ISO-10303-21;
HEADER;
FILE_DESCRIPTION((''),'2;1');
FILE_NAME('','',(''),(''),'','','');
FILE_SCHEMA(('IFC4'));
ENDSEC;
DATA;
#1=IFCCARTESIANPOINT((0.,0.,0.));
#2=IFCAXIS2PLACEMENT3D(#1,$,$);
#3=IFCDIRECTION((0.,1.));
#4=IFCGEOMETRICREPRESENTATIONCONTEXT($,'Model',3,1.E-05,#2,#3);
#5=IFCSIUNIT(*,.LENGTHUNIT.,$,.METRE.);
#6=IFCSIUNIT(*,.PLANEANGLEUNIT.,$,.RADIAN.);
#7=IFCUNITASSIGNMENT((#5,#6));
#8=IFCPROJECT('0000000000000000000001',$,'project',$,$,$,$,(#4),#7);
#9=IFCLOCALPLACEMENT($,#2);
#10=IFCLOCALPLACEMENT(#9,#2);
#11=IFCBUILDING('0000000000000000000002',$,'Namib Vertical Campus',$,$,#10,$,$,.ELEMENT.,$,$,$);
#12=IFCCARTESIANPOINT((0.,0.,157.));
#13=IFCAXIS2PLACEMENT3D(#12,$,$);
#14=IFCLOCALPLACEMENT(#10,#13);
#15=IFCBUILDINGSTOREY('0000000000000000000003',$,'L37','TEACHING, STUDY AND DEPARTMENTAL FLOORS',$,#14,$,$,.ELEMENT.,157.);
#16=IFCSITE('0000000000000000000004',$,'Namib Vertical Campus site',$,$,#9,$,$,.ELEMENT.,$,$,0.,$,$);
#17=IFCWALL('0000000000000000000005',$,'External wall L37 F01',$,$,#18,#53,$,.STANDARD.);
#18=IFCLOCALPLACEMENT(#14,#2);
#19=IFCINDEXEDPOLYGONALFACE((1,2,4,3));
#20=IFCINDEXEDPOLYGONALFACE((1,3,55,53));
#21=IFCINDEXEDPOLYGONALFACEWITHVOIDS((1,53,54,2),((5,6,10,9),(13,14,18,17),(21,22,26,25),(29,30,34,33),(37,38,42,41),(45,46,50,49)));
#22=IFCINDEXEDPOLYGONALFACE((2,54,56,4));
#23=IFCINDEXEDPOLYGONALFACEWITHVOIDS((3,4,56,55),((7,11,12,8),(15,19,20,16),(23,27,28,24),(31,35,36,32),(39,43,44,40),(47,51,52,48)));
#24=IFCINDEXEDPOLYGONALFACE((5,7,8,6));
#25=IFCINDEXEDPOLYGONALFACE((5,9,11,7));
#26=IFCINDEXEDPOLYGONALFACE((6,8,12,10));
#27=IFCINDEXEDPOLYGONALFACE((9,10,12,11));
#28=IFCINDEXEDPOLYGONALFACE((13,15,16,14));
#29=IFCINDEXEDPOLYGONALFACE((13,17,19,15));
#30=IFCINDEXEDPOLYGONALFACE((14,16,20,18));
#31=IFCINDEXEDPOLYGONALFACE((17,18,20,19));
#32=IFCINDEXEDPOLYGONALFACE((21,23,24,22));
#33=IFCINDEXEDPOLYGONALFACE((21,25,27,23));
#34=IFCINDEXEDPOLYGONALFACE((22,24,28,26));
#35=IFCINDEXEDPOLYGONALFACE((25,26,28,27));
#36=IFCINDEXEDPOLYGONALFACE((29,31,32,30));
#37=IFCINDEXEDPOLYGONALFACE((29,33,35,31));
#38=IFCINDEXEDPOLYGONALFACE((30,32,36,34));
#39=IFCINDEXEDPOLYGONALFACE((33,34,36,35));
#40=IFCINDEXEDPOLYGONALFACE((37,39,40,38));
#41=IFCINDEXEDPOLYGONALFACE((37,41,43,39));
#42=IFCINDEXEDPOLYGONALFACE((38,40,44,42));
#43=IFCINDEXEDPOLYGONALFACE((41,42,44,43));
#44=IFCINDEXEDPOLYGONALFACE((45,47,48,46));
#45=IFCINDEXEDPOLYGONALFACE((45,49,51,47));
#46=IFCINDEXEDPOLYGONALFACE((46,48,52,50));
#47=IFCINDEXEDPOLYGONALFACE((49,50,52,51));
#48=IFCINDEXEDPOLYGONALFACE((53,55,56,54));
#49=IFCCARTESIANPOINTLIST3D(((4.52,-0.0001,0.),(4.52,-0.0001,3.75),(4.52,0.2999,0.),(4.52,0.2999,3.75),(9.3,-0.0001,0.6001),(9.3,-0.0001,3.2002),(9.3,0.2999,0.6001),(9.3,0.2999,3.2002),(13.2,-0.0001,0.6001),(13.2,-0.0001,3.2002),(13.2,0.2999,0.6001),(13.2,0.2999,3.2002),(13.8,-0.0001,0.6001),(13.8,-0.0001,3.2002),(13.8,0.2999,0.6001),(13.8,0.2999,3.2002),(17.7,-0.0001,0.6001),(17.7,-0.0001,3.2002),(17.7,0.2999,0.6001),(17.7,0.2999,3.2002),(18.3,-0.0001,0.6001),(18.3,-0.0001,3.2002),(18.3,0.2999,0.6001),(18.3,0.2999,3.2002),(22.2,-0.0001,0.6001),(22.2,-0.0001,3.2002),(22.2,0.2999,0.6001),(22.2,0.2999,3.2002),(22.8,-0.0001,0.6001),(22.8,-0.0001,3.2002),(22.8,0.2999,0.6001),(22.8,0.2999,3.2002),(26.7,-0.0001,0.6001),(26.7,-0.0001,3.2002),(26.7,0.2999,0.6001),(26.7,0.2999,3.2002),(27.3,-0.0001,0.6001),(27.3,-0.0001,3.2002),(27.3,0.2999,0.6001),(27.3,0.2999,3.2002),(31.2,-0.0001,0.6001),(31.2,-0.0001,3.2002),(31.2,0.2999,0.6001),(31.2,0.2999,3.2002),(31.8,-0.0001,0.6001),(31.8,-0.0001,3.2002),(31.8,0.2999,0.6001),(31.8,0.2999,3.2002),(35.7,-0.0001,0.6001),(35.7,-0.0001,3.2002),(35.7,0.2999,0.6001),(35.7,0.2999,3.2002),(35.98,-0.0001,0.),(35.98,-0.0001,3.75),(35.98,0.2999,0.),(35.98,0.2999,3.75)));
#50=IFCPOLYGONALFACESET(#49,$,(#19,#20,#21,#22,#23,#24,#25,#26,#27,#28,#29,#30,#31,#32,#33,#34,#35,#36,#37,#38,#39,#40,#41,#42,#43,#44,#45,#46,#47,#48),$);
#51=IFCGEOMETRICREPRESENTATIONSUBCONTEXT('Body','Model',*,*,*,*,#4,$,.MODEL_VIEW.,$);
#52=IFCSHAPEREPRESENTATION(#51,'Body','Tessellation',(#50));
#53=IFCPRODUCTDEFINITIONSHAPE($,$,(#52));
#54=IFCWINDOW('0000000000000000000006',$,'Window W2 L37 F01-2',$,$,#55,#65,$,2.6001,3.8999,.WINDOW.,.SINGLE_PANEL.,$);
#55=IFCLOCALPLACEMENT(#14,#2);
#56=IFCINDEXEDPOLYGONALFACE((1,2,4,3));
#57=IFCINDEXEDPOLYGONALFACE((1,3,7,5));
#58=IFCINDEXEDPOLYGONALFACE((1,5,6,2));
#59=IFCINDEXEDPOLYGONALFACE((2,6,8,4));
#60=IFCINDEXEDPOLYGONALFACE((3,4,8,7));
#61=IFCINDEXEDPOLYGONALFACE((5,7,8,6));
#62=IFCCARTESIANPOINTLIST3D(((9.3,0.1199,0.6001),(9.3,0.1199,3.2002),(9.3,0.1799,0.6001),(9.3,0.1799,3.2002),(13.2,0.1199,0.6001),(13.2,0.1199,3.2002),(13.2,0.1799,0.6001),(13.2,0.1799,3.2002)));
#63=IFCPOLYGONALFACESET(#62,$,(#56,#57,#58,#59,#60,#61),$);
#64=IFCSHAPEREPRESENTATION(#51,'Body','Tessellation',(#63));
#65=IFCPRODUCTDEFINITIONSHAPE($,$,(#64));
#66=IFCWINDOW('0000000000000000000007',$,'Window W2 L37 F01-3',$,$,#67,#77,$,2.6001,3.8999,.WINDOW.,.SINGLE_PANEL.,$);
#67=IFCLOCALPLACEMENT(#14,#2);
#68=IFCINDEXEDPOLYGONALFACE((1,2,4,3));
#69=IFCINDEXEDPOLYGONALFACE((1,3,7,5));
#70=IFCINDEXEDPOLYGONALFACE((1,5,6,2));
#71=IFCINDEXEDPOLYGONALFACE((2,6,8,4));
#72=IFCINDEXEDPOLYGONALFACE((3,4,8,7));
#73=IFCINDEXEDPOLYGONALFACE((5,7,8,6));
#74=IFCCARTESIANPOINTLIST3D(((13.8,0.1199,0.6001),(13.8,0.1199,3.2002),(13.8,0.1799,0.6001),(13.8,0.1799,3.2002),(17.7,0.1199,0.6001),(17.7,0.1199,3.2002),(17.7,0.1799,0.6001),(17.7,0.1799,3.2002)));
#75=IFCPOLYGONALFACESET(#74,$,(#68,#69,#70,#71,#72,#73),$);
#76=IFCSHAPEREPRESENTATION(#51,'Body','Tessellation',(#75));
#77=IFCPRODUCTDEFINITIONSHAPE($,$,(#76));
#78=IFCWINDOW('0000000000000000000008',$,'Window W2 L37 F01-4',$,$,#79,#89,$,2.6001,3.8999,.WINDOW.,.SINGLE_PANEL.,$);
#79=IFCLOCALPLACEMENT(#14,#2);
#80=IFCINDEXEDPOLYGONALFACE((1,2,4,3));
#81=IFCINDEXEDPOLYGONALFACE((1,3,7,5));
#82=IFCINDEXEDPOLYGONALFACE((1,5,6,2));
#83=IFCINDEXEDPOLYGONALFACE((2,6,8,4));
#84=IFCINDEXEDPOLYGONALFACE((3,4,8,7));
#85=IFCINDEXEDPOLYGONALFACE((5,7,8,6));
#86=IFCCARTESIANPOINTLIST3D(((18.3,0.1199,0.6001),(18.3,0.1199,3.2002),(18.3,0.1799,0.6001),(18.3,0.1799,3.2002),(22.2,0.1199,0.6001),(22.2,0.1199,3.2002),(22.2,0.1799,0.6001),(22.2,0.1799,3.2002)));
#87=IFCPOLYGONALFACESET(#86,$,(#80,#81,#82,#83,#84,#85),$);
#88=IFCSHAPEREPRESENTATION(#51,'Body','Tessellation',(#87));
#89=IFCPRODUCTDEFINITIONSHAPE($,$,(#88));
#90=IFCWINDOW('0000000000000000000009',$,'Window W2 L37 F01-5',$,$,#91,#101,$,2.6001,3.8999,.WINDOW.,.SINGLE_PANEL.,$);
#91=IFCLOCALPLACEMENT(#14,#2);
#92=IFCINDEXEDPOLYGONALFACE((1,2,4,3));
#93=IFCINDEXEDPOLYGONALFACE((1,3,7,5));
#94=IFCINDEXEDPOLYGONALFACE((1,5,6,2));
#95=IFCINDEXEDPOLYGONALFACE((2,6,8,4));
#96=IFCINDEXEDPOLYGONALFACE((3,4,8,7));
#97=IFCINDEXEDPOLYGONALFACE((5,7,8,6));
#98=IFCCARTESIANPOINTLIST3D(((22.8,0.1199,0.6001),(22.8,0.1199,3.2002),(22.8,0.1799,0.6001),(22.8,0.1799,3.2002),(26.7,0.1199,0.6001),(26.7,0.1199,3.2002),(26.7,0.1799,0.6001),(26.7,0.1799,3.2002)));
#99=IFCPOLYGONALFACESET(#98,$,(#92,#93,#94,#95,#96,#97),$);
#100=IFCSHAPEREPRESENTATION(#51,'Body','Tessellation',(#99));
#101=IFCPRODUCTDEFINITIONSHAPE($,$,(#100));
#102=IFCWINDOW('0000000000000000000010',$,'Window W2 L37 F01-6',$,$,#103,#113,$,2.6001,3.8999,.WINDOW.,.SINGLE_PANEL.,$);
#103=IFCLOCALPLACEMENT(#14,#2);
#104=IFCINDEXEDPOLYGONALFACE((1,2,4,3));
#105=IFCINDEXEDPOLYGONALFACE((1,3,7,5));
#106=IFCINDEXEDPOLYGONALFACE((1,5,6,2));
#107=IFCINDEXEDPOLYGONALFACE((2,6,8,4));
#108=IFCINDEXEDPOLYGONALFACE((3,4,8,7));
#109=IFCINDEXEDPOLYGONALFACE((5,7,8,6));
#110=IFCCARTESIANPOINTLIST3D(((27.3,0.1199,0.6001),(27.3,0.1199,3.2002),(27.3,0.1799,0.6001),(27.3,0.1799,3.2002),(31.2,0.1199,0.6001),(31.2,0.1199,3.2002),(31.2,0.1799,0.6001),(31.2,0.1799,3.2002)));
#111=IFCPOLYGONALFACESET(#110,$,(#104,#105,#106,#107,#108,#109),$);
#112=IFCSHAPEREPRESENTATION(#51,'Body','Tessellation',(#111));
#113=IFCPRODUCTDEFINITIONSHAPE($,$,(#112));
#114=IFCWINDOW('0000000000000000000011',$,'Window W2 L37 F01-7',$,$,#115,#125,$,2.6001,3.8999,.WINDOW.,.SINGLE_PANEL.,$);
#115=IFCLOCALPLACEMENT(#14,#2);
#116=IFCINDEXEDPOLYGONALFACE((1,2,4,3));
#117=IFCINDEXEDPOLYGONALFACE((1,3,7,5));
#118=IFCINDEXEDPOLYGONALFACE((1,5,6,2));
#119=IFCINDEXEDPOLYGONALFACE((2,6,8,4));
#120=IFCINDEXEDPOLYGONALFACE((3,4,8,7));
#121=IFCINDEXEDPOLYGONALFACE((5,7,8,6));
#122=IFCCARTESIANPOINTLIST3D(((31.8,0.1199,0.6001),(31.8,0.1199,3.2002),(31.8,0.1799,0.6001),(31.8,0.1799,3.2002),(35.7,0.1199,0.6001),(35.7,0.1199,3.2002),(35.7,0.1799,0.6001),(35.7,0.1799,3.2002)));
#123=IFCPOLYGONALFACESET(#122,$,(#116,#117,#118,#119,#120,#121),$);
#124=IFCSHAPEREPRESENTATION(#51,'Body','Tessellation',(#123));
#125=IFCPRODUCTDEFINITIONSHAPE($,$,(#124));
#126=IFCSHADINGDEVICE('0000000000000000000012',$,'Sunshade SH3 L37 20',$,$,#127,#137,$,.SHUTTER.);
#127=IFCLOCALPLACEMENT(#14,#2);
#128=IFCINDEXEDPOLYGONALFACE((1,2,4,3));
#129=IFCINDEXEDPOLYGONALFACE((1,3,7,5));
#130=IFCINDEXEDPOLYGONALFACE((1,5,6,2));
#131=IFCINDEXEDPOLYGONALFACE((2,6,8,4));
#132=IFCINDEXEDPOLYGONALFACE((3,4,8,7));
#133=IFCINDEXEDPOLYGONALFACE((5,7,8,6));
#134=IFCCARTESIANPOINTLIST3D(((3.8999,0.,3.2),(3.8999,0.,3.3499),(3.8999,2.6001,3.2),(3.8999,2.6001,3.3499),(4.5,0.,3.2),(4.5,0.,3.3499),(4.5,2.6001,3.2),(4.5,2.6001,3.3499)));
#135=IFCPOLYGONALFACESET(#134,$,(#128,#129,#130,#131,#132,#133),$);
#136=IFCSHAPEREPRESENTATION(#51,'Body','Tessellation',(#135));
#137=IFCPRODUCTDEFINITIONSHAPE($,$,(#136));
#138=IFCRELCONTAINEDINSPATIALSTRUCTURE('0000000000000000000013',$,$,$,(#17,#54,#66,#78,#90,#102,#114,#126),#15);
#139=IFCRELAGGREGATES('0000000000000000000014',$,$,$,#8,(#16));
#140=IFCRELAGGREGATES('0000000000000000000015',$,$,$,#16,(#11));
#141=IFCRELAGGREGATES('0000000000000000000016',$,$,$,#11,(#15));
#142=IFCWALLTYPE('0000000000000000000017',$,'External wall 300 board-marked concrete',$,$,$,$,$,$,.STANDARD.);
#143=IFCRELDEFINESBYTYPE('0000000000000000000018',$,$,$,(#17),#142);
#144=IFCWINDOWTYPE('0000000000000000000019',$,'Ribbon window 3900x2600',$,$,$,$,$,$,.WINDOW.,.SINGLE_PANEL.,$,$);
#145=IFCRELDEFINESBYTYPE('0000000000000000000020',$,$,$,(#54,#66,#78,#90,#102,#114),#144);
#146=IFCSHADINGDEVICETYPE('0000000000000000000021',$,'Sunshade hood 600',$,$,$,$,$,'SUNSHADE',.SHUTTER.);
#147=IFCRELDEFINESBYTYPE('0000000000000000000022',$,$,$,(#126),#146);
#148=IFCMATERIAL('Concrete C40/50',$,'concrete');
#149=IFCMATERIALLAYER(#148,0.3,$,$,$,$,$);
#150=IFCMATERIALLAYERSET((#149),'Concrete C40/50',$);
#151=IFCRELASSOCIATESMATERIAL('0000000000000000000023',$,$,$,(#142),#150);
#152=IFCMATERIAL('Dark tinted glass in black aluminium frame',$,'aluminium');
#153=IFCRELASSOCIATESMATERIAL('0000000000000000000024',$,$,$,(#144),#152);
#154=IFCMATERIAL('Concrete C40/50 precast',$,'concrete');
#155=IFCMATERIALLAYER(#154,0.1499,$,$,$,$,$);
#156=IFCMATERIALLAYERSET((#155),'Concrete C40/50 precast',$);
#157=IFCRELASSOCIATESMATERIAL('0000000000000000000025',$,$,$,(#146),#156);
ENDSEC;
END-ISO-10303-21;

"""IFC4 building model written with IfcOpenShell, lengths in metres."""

from ifc_helpers import new_model, si_unit, direction, frame, frame_2d, origin, origin_2d, place, context, subcontext, project, spatial, rectangle, extrude, material, layer, layer_set, type_object, element, fill, save


model = new_model("IFC4")

# Units and contexts
model_context = context("Model", 3, precision=1e-05, world=origin(), true_north=direction((0.0, 1.0)))
body_context = subcontext(model_context, "Body", "Model", "MODEL_VIEW")
ifc_project = project(units=[si_unit("LENGTHUNIT", "METRE"), si_unit("PLANEANGLEUNIT", "RADIAN")], contexts=[model_context])

# Site, building, storey
site_placement = place(None, origin())
site = spatial("IfcSite", under=ifc_project, at=site_placement, Name="Namib Vertical Campus site", CompositionType="ELEMENT", RefElevation=0.0)
building_placement = place(site_placement, origin())
building = spatial("IfcBuilding", under=site, at=building_placement, Name="Namib Vertical Campus", CompositionType="ELEMENT")
storey_placement = place(building_placement, frame((0.0, 0.0, 157.0)))
storey = spatial("IfcBuildingStorey", under=building, at=storey_placement, Name="L37", Description="TEACHING, STUDY AND DEPARTMENTAL FLOORS", CompositionType="ELEMENT", Elevation=157.0)

# Wall, openings, windows
ifc_material_1 = material(Name="Concrete C40/50", Category="concrete")
ifc_layer_1 = layer(ifc_material_1, 0.3)
ifc_layer_set_1 = layer_set([ifc_layer_1], Name="Concrete C40/50")
wall_type = type_object("IfcWallType", Name="External wall 300 board-marked concrete", PredefinedType="STANDARD", material=ifc_layer_set_1)
wall_placement = place(storey_placement, frame((4.52, 0.1499, 0.0), z_axis=(0.0, 0.0, 1.0), x_axis=(1.0, 0.0, 0.0)))
wall = element("IfcWall", 1, at=wall_placement, inside=storey, type_object=wall_type, Name="External wall L37 F01", PredefinedType="STANDARD", context=body_context, shape_type="SweptSolid", body=[
    extrude(rectangle(XDim=31.46, YDim=0.3, at=frame_2d((15.73, 0.0))), origin(), (0.0, 0.0, 1.0), 3.75),
])
opening_1_placement = place(wall_placement, frame((4.78, 0.0, 0.6001)))
opening_1 = element("IfcOpeningElement", 2, at=opening_1_placement, cuts=wall, PredefinedType="OPENING", context=body_context, shape_type="SweptSolid", body=[
    extrude(rectangle(XDim=3.8999, YDim=2.6001, at=frame_2d((1.95, 1.3))), frame((0.0, 0.1599, 0.0), z_axis=(0.0, -1.0, 0.0), x_axis=(1.0, 0.0, 0.0)), (0.0, 0.0, 1.0), 0.3201),
])
opening_2_placement = place(wall_placement, frame((9.28, 0.0, 0.6001)))
opening_2 = element("IfcOpeningElement", 3, at=opening_2_placement, cuts=wall, PredefinedType="OPENING", context=body_context, shape_type="SweptSolid", body=[
    extrude(rectangle(XDim=3.8999, YDim=2.6001, at=frame_2d((1.95, 1.3))), frame((0.0, 0.1599, 0.0), z_axis=(0.0, -1.0, 0.0), x_axis=(1.0, 0.0, 0.0)), (0.0, 0.0, 1.0), 0.3201),
])
opening_3_placement = place(wall_placement, frame((13.78, 0.0, 0.6001)))
opening_3 = element("IfcOpeningElement", 4, at=opening_3_placement, cuts=wall, PredefinedType="OPENING", context=body_context, shape_type="SweptSolid", body=[
    extrude(rectangle(XDim=3.8999, YDim=2.6001, at=frame_2d((1.95, 1.3))), frame((0.0, 0.1599, 0.0), z_axis=(0.0, -1.0, 0.0), x_axis=(1.0, 0.0, 0.0)), (0.0, 0.0, 1.0), 0.3201),
])
opening_4_placement = place(wall_placement, frame((18.28, 0.0, 0.6001)))
opening_4 = element("IfcOpeningElement", 5, at=opening_4_placement, cuts=wall, PredefinedType="OPENING", context=body_context, shape_type="SweptSolid", body=[
    extrude(rectangle(XDim=3.8999, YDim=2.6001, at=frame_2d((1.95, 1.3))), frame((0.0, 0.1599, 0.0), z_axis=(0.0, -1.0, 0.0), x_axis=(1.0, 0.0, 0.0)), (0.0, 0.0, 1.0), 0.3201),
])
opening_5_placement = place(wall_placement, frame((22.78, 0.0, 0.6001)))
opening_5 = element("IfcOpeningElement", 6, at=opening_5_placement, cuts=wall, PredefinedType="OPENING", context=body_context, shape_type="SweptSolid", body=[
    extrude(rectangle(XDim=3.8999, YDim=2.6001, at=frame_2d((1.95, 1.3))), frame((0.0, 0.1599, 0.0), z_axis=(0.0, -1.0, 0.0), x_axis=(1.0, 0.0, 0.0)), (0.0, 0.0, 1.0), 0.3201),
])
opening_6_placement = place(wall_placement, frame((27.28, 0.0, 0.6001)))
opening_6 = element("IfcOpeningElement", 7, at=opening_6_placement, cuts=wall, PredefinedType="OPENING", context=body_context, shape_type="SweptSolid", body=[
    extrude(rectangle(XDim=3.8999, YDim=2.6001, at=frame_2d((1.95, 1.3))), frame((0.0, 0.1599, 0.0), z_axis=(0.0, -1.0, 0.0), x_axis=(1.0, 0.0, 0.0)), (0.0, 0.0, 1.0), 0.3201),
])
ifc_material_2 = material(Name="Dark tinted glass in black aluminium frame", Category="aluminium")
window_type = type_object("IfcWindowType", Name="Ribbon window 3900x2600", PartitioningType="SINGLE_PANEL", PredefinedType="WINDOW", material=ifc_material_2)
window_1_placement = place(opening_1_placement, origin())
window_1 = element("IfcWindow", 8, at=window_1_placement, inside=storey, type_object=window_type, Name="Window W2 L37 F01-2", OverallHeight=2.6001, OverallWidth=3.8999, PartitioningType="SINGLE_PANEL", PredefinedType="WINDOW", context=body_context, shape_type="SweptSolid", body=[
    extrude(rectangle(XDim=3.8999, YDim=2.6001, at=frame_2d((1.95, 1.3))), frame((0.0, 0.03, 0.0), z_axis=(0.0, -1.0, 0.0), x_axis=(1.0, 0.0, 0.0)), (0.0, 0.0, 1.0), 0.0601),
])
fill(opening_1, window_1)
window_2_placement = place(opening_2_placement, origin())
window_2 = element("IfcWindow", 9, at=window_2_placement, inside=storey, type_object=window_type, Name="Window W2 L37 F01-3", OverallHeight=2.6001, OverallWidth=3.8999, PartitioningType="SINGLE_PANEL", PredefinedType="WINDOW", context=body_context, shape_type="SweptSolid", body=[
    extrude(rectangle(XDim=3.8999, YDim=2.6001, at=frame_2d((1.95, 1.3))), frame((0.0, 0.03, 0.0), z_axis=(0.0, -1.0, 0.0), x_axis=(1.0, 0.0, 0.0)), (0.0, 0.0, 1.0), 0.0601),
])
fill(opening_2, window_2)
window_3_placement = place(opening_3_placement, origin())
window_3 = element("IfcWindow", 10, at=window_3_placement, inside=storey, type_object=window_type, Name="Window W2 L37 F01-4", OverallHeight=2.6001, OverallWidth=3.8999, PartitioningType="SINGLE_PANEL", PredefinedType="WINDOW", context=body_context, shape_type="SweptSolid", body=[
    extrude(rectangle(XDim=3.8999, YDim=2.6001, at=frame_2d((1.95, 1.3))), frame((0.0, 0.03, 0.0), z_axis=(0.0, -1.0, 0.0), x_axis=(1.0, 0.0, 0.0)), (0.0, 0.0, 1.0), 0.0601),
])
fill(opening_3, window_3)
window_4_placement = place(opening_4_placement, origin())
window_4 = element("IfcWindow", 11, at=window_4_placement, inside=storey, type_object=window_type, Name="Window W2 L37 F01-5", OverallHeight=2.6001, OverallWidth=3.8999, PartitioningType="SINGLE_PANEL", PredefinedType="WINDOW", context=body_context, shape_type="SweptSolid", body=[
    extrude(rectangle(XDim=3.8999, YDim=2.6001, at=frame_2d((1.95, 1.3))), frame((0.0, 0.03, 0.0), z_axis=(0.0, -1.0, 0.0), x_axis=(1.0, 0.0, 0.0)), (0.0, 0.0, 1.0), 0.0601),
])
fill(opening_4, window_4)
window_5_placement = place(opening_5_placement, origin())
window_5 = element("IfcWindow", 12, at=window_5_placement, inside=storey, type_object=window_type, Name="Window W2 L37 F01-6", OverallHeight=2.6001, OverallWidth=3.8999, PartitioningType="SINGLE_PANEL", PredefinedType="WINDOW", context=body_context, shape_type="SweptSolid", body=[
    extrude(rectangle(XDim=3.8999, YDim=2.6001, at=frame_2d((1.95, 1.3))), frame((0.0, 0.03, 0.0), z_axis=(0.0, -1.0, 0.0), x_axis=(1.0, 0.0, 0.0)), (0.0, 0.0, 1.0), 0.0601),
])
fill(opening_5, window_5)
window_6_placement = place(opening_6_placement, origin())
window_6 = element("IfcWindow", 13, at=window_6_placement, inside=storey, type_object=window_type, Name="Window W2 L37 F01-7", OverallHeight=2.6001, OverallWidth=3.8999, PartitioningType="SINGLE_PANEL", PredefinedType="WINDOW", context=body_context, shape_type="SweptSolid", body=[
    extrude(rectangle(XDim=3.8999, YDim=2.6001, at=frame_2d((1.95, 1.3))), frame((0.0, 0.03, 0.0), z_axis=(0.0, -1.0, 0.0), x_axis=(1.0, 0.0, 0.0)), (0.0, 0.0, 1.0), 0.0601),
])
fill(opening_6, window_6)

# Shading device
ifc_material_3 = material(Name="Concrete C40/50 precast", Category="concrete")
ifc_layer_2 = layer(ifc_material_3, 0.1499)
ifc_layer_set_2 = layer_set([ifc_layer_2], Name="Concrete C40/50 precast")
shading_device_type = type_object("IfcShadingDeviceType", Name="Sunshade hood 600", ElementType="SUNSHADE", PredefinedType="SHUTTER", material=ifc_layer_set_2)
shading_device_placement = place(storey_placement, frame((4.2, 1.3, 3.2), z_axis=(0.0, 0.0, 1.0), x_axis=(0.0, -1.0, 0.0)))
element("IfcShadingDevice", 14, at=shading_device_placement, inside=storey, type_object=shading_device_type, Name="Sunshade SH3 L37 20", PredefinedType="SHUTTER", context=body_context, shape_type="SweptSolid", body=[
    extrude(rectangle(XDim=2.6001, YDim=0.6001, at=origin_2d()), origin(), (0.0, 0.0, 1.0), 0.1499),
])

save(model, "model.ifc")
